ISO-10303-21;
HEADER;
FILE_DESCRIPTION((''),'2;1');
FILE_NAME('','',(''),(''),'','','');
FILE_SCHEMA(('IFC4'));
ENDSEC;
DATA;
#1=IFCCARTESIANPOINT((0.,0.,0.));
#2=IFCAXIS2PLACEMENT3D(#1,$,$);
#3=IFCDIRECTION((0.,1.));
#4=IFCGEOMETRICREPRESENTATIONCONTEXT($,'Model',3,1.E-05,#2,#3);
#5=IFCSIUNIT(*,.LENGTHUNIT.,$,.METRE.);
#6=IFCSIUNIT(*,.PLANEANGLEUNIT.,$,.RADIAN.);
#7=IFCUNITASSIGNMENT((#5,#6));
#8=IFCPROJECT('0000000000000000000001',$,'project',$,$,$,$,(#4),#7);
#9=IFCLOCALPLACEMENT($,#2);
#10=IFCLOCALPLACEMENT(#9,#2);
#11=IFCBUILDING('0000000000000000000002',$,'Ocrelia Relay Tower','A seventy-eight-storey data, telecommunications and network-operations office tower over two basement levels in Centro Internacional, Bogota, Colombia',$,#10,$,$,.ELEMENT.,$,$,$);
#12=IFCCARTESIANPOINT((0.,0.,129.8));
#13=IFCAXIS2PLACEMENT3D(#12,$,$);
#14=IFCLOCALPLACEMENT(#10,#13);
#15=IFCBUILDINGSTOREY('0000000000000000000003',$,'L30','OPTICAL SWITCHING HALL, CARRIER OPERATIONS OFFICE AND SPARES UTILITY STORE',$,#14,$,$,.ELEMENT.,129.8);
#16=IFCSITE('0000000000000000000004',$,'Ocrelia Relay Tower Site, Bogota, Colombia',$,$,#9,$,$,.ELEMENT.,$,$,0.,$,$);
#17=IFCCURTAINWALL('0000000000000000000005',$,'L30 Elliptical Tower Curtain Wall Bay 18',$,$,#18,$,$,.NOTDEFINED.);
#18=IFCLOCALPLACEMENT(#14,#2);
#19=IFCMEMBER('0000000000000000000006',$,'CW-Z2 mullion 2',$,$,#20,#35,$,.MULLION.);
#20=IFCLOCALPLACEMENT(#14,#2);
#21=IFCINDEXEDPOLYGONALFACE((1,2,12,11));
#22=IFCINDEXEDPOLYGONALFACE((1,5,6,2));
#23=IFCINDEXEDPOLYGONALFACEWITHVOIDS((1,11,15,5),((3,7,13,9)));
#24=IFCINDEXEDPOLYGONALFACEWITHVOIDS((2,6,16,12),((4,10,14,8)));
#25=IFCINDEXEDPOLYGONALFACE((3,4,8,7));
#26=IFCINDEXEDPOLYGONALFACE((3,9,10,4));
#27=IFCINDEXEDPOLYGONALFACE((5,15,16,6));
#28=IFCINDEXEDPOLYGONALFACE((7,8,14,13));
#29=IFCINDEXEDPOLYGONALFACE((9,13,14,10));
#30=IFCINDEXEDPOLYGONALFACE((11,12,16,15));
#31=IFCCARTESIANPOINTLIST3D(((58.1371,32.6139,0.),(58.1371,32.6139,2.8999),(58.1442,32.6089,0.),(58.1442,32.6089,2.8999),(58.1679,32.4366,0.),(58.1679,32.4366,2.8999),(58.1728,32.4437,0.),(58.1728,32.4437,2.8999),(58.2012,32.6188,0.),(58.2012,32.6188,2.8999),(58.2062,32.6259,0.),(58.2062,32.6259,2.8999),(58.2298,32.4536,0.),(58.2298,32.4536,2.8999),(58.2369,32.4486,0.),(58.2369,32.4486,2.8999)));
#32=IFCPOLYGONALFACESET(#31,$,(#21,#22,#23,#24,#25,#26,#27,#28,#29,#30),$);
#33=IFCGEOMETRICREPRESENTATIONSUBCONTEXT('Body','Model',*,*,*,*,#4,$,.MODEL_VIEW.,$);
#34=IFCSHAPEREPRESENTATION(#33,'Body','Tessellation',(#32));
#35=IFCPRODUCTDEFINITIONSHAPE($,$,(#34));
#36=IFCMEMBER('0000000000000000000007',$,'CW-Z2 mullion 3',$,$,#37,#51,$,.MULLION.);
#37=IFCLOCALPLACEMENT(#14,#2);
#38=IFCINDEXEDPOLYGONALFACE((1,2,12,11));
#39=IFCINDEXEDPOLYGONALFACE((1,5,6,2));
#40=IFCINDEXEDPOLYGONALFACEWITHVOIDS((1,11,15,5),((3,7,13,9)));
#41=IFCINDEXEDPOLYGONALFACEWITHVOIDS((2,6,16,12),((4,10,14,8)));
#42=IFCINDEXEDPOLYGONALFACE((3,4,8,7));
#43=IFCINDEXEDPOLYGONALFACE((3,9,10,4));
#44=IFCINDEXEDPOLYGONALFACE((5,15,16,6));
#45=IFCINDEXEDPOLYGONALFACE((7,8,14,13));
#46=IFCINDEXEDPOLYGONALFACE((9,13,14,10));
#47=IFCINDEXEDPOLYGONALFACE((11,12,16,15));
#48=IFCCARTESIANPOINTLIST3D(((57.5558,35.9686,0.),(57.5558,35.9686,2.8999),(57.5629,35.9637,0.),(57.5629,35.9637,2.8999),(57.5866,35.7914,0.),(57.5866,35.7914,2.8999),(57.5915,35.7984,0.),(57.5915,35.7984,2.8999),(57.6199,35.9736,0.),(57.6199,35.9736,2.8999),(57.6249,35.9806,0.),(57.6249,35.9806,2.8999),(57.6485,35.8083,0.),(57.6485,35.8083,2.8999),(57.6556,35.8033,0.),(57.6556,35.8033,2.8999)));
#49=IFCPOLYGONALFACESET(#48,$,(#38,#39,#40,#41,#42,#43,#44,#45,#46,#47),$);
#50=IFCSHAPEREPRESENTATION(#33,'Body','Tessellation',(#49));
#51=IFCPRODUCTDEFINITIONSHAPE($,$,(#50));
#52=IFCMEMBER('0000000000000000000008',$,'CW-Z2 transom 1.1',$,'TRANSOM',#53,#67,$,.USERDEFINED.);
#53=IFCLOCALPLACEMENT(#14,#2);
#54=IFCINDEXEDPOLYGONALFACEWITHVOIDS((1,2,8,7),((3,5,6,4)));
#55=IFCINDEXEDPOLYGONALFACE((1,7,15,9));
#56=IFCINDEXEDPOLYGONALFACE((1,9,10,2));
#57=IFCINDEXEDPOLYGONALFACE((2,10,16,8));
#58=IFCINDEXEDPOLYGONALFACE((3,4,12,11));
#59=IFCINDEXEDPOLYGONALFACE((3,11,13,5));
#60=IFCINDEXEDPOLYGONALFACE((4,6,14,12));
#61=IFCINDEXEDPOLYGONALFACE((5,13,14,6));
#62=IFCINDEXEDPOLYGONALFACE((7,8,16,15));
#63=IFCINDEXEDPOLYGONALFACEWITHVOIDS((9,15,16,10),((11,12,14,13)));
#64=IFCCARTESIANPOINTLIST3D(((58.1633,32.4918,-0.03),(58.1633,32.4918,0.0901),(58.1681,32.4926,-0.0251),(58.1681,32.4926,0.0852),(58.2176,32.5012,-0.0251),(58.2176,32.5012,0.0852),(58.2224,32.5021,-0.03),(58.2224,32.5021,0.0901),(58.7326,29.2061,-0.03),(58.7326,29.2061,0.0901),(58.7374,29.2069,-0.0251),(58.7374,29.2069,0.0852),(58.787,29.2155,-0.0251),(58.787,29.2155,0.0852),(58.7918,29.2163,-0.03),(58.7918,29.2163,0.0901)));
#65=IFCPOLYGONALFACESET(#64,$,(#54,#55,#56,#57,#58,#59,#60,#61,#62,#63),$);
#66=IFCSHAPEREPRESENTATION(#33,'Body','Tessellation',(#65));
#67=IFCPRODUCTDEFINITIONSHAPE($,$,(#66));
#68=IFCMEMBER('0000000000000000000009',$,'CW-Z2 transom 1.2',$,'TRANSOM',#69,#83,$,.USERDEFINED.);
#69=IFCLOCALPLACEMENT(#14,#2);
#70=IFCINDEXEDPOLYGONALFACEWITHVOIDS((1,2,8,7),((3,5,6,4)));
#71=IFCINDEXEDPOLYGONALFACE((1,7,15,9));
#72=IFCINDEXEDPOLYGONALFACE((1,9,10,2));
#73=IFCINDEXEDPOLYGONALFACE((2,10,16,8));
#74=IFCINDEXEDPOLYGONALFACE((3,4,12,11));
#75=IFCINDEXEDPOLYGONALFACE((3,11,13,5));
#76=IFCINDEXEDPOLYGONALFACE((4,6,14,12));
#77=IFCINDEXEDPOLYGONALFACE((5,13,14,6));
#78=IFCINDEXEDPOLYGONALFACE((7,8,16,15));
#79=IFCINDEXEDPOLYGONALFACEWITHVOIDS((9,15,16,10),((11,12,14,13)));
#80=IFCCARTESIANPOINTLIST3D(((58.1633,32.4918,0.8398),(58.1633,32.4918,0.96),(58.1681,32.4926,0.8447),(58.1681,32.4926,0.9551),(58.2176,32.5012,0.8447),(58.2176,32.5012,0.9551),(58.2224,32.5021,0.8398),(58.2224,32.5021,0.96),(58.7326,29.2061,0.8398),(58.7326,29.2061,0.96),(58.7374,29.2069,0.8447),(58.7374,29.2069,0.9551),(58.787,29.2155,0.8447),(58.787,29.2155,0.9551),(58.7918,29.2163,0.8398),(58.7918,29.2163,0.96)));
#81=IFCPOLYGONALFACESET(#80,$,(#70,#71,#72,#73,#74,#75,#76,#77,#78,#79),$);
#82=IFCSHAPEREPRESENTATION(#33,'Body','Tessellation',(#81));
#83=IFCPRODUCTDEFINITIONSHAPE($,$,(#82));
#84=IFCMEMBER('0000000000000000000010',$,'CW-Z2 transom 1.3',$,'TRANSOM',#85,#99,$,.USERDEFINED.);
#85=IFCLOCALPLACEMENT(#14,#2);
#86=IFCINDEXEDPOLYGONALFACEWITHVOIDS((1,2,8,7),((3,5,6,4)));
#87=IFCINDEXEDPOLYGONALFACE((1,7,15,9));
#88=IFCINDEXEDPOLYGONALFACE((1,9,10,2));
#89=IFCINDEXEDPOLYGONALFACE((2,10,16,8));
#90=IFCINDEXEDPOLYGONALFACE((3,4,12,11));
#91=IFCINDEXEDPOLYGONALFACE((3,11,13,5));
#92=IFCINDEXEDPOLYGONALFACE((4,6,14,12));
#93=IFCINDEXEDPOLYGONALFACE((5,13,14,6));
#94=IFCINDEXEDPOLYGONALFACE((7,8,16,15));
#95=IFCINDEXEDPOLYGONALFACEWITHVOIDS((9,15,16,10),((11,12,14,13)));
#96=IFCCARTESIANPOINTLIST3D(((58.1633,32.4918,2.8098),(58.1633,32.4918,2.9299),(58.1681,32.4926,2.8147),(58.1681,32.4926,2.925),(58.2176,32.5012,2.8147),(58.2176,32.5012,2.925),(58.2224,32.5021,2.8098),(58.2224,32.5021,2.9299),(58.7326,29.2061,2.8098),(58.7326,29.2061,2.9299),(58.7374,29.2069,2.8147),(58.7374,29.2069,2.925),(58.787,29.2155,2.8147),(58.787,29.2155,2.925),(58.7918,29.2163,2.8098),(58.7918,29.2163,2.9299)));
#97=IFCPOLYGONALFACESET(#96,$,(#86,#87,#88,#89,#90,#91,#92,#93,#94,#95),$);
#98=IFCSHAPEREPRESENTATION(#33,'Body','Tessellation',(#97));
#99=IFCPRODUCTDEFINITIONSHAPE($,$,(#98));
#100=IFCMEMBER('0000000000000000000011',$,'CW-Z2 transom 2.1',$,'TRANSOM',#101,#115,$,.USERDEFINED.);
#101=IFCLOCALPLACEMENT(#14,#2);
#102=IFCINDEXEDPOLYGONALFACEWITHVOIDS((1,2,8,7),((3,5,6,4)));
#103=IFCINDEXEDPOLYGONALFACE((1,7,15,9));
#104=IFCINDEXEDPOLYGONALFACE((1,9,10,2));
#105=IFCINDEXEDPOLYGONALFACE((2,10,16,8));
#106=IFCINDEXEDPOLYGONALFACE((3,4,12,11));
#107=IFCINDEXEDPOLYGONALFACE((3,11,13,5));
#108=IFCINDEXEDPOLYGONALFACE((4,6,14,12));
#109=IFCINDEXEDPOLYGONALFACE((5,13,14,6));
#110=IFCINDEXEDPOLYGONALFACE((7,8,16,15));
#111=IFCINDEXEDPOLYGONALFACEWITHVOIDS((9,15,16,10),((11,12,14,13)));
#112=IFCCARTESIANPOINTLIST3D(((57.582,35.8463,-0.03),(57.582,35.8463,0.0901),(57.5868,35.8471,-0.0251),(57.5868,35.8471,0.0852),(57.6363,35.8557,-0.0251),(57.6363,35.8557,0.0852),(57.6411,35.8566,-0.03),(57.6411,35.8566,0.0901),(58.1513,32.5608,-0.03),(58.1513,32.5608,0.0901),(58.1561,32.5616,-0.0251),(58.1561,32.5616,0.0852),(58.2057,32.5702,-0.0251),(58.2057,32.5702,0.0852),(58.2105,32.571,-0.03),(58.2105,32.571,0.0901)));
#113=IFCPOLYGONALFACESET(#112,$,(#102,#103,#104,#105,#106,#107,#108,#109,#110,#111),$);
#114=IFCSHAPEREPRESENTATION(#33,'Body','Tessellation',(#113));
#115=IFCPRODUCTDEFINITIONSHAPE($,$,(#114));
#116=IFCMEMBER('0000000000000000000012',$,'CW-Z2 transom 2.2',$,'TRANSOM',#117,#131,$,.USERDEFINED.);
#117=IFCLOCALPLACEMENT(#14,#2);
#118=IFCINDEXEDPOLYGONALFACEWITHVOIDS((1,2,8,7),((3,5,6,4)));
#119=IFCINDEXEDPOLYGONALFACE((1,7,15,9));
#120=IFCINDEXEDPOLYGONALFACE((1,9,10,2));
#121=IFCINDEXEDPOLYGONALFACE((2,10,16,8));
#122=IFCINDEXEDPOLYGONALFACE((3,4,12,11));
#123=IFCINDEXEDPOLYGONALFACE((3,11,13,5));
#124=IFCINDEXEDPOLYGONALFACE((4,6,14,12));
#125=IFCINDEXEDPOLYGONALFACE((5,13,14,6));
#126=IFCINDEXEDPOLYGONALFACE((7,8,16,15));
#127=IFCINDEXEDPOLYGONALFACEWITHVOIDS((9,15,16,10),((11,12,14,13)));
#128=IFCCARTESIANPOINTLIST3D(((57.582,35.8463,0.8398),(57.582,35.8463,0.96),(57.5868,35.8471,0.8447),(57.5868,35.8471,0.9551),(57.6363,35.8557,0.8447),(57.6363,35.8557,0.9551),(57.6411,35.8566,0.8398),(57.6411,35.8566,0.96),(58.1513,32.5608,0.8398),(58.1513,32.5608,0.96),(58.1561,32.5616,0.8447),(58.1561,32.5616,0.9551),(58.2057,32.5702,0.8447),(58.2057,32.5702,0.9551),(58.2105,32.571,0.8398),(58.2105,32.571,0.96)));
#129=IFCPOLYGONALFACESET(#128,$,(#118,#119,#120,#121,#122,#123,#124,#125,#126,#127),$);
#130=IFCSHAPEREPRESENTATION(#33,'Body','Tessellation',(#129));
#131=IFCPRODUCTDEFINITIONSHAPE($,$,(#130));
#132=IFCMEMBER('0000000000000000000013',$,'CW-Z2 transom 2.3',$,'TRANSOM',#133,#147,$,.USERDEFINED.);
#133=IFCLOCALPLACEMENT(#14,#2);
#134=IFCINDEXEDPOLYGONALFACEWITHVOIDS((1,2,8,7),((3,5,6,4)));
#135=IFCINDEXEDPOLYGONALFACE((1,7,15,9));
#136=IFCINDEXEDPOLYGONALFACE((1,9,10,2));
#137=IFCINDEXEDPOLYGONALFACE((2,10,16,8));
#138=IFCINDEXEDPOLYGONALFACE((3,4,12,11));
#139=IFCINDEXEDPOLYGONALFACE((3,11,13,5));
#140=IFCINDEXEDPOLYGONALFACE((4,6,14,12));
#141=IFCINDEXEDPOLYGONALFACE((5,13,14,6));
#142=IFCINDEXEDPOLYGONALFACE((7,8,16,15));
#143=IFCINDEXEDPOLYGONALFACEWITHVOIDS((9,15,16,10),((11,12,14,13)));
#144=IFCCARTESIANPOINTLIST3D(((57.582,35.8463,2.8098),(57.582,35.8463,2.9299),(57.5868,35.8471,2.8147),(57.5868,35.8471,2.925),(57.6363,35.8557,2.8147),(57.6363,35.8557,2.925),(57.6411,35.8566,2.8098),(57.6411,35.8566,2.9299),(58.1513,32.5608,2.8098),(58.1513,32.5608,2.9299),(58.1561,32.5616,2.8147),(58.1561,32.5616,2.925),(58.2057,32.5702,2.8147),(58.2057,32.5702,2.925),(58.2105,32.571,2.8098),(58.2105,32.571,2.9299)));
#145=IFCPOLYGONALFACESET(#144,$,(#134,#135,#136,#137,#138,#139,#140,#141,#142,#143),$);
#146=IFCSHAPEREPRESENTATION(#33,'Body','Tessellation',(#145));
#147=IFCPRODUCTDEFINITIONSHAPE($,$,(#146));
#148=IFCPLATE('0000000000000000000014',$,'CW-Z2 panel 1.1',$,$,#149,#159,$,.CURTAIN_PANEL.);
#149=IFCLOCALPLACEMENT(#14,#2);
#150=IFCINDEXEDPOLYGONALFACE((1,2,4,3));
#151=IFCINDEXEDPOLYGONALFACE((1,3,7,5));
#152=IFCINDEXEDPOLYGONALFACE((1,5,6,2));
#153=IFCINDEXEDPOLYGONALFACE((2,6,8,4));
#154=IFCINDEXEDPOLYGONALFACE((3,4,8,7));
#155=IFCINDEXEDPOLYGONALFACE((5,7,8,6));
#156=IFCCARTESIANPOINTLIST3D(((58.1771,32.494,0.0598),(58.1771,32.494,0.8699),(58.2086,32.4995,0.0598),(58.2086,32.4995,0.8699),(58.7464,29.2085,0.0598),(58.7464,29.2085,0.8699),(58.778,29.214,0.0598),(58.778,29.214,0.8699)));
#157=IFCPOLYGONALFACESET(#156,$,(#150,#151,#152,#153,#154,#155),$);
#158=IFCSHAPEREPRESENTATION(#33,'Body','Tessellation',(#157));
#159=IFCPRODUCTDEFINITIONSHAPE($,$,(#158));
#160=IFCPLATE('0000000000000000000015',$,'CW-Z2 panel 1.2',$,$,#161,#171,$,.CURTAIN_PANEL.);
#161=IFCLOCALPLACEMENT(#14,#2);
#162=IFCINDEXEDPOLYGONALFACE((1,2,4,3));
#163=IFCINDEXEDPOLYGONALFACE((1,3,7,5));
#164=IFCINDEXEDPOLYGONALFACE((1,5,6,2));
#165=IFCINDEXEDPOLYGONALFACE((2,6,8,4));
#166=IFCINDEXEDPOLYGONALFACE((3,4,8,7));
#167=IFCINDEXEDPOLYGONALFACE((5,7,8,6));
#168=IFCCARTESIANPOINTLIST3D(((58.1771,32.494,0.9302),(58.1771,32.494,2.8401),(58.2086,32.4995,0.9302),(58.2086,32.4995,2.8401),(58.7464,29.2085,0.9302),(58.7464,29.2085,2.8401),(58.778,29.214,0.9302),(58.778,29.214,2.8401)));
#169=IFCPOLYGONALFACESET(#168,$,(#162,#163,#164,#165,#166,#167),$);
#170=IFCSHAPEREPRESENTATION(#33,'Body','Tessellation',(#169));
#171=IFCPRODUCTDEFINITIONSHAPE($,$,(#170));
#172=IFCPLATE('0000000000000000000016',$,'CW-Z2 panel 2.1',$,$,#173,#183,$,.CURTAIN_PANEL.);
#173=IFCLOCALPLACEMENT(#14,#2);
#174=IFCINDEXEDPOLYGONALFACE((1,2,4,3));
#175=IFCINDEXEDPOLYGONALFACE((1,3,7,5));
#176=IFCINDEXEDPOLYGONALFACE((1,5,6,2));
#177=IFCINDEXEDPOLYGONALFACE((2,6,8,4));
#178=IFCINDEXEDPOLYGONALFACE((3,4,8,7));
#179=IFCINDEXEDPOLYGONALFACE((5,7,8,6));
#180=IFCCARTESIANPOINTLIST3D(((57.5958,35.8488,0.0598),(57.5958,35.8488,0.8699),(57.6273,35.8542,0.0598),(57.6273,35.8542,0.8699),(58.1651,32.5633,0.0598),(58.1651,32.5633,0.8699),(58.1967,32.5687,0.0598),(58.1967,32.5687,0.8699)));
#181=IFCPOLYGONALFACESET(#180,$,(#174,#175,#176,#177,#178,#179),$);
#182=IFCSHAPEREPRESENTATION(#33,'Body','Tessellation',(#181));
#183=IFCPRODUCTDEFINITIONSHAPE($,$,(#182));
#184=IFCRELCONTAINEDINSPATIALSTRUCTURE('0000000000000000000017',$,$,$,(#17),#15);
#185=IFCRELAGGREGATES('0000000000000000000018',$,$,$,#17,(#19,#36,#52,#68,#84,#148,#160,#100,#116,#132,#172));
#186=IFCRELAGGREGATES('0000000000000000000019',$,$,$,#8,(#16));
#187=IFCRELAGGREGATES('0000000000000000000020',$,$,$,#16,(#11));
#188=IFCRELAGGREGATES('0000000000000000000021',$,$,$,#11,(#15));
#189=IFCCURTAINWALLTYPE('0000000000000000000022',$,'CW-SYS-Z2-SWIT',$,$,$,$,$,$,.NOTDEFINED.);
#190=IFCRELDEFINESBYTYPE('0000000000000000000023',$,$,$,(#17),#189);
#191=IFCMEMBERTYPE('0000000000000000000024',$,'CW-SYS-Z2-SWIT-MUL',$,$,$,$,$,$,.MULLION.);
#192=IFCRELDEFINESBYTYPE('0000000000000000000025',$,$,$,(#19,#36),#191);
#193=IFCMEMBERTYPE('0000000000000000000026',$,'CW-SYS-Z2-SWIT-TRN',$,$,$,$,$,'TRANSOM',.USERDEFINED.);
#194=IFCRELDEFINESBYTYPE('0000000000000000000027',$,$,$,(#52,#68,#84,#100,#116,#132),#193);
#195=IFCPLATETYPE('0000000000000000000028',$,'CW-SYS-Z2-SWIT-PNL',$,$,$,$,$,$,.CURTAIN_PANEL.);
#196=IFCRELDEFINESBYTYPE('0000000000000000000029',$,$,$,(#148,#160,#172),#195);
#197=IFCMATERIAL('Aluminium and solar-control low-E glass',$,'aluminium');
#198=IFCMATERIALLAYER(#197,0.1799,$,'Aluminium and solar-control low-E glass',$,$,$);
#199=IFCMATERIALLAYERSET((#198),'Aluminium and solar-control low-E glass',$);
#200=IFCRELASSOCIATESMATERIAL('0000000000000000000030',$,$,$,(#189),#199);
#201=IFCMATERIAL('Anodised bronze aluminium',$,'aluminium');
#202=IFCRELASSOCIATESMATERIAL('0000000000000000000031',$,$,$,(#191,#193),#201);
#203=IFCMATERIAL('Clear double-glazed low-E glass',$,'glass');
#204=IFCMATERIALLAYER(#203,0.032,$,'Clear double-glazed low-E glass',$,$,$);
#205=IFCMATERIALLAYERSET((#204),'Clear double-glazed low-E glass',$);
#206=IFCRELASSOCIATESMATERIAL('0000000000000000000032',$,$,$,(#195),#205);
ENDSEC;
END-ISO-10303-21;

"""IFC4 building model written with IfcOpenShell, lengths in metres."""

from ifc_helpers import new_model, si_unit, direction, frame, origin, origin_2d, place, context, subcontext, project, spatial, rectangle, hollow_rectangle, extrude, material, layer, layer_set, material_profile, profile_set, type_object, element, aggregate, save


model = new_model("IFC4")

# Units and contexts
model_context = context("Model", 3, precision=1e-05, world=origin(), true_north=direction((0.0, 1.0)))
body_context = subcontext(model_context, "Body", "Model", "MODEL_VIEW")
ifc_project = project(units=[si_unit("LENGTHUNIT", "METRE"), si_unit("PLANEANGLEUNIT", "RADIAN")], contexts=[model_context])

# Site, building, storey
site_placement = place(None, origin())
site = spatial("IfcSite", under=ifc_project, at=site_placement, Name="Ocrelia Relay Tower Site, Bogota, Colombia", CompositionType="ELEMENT", RefElevation=0.0)
building_placement = place(site_placement, origin())
building = spatial("IfcBuilding", under=site, at=building_placement, Name="Ocrelia Relay Tower", Description="A seventy-eight-storey data, telecommunications and network-operations office tower over two basement levels in Centro Internacional, Bogota, Colombia", CompositionType="ELEMENT")
storey_placement = place(building_placement, frame((0.0, 0.0, 129.8)))
storey = spatial("IfcBuildingStorey", under=building, at=storey_placement, Name="L30", Description="OPTICAL SWITCHING HALL, CARRIER OPERATIONS OFFICE AND SPARES UTILITY STORE", CompositionType="ELEMENT", Elevation=129.8)

# Shared definitions
ifc_material_1 = material(Name="Aluminium and solar-control low-E glass", Category="aluminium")
ifc_layer_1 = layer(ifc_material_1, 0.1799, Name="Aluminium and solar-control low-E glass")
ifc_layer_set_1 = layer_set([ifc_layer_1], Name="Aluminium and solar-control low-E glass")
curtain_wall_type = type_object("IfcCurtainWallType", Name="CW-SYS-Z2-SWIT", PredefinedType="NOTDEFINED", material=ifc_layer_set_1)
ifc_material_2 = material(Name="Anodised bronze aluminium", Category="aluminium")
ifc_material_profile_1 = material_profile(ifc_material_2, hollow_rectangle(XDim=0.0701, YDim=0.1799, WallThickness=0.0061, at=origin_2d()), Name="CW-MUL-180x70")
ifc_profile_set_1 = profile_set([ifc_material_profile_1], Name="Anodised bronze aluminium")
member_type_1 = type_object("IfcMemberType", Name="CW-SYS-Z2-SWIT-MUL", PredefinedType="MULLION", material=ifc_profile_set_1)

# Curtain wall, members, plates
curtain_wall_1_placement = place(storey_placement, origin())
curtain_wall_1 = element("IfcCurtainWall", 1, at=curtain_wall_1_placement, inside=storey, type_object=curtain_wall_type, Name="L30 Elliptical Tower Curtain Wall Bay 18", PredefinedType="NOTDEFINED")
member_1_placement = place(storey_placement, frame((58.187, 32.5312, 0.0), z_axis=(0.0, 0.0, 1.0), x_axis=(-0.985317, -0.170734, 0.0)))
member_1 = element("IfcMember", 2, at=member_1_placement, type_object=member_type_1, Name="CW-Z2 mullion 2", PredefinedType="MULLION", context=body_context, shape_type="SweptSolid", body=[
    extrude(hollow_rectangle(XDim=0.0701, YDim=0.1799, WallThickness=0.0061, at=origin_2d()), origin(), (0.0, 0.0, 1.0), 2.8999),
])
member_2_placement = place(storey_placement, frame((57.6057, 35.886, 0.0), z_axis=(0.0, 0.0, 1.0), x_axis=(-0.985317, -0.170734, 0.0)))
member_2 = element("IfcMember", 3, at=member_2_placement, type_object=member_type_1, Name="CW-Z2 mullion 3", PredefinedType="MULLION", context=body_context, shape_type="SweptSolid", body=[
    extrude(hollow_rectangle(XDim=0.0701, YDim=0.1799, WallThickness=0.0061, at=origin_2d()), origin(), (0.0, 0.0, 1.0), 2.8999),
])
ifc_material_profile_2 = material_profile(ifc_material_2, hollow_rectangle(XDim=0.0601, YDim=0.1201, WallThickness=0.0049, at=origin_2d()), Name="CW-TRN-120x60")
ifc_profile_set_2 = profile_set([ifc_material_profile_2], Name="Anodised bronze aluminium")
member_type_2 = type_object("IfcMemberType", Name="CW-SYS-Z2-SWIT-TRN", ElementType="TRANSOM", PredefinedType="USERDEFINED", material=ifc_profile_set_2)
member_3_placement = place(storey_placement, frame((58.7622, 29.2112, 0.03), z_axis=(-0.170736, 0.985317, 0.0), x_axis=(-0.985317, -0.170736, 0.0)))
member_3 = element("IfcMember", 4, at=member_3_placement, type_object=member_type_2, Name="CW-Z2 transom 1.1", ObjectType="TRANSOM", PredefinedType="USERDEFINED", context=body_context, shape_type="SweptSolid", body=[
    extrude(hollow_rectangle(XDim=0.0601, YDim=0.1201, WallThickness=0.0049, at=origin_2d()), origin(), (0.0, 0.0, 1.0), 3.3347),
])
member_4_placement = place(storey_placement, frame((58.7622, 29.2112, 0.8999), z_axis=(-0.170736, 0.985317, 0.0), x_axis=(-0.985317, -0.170736, 0.0)))
member_4 = element("IfcMember", 5, at=member_4_placement, type_object=member_type_2, Name="CW-Z2 transom 1.2", ObjectType="TRANSOM", PredefinedType="USERDEFINED", context=body_context, shape_type="SweptSolid", body=[
    extrude(hollow_rectangle(XDim=0.0601, YDim=0.1201, WallThickness=0.0049, at=origin_2d()), origin(), (0.0, 0.0, 1.0), 3.3347),
])
member_5_placement = place(storey_placement, frame((58.7622, 29.2112, 2.8699), z_axis=(-0.170736, 0.985317, 0.0), x_axis=(-0.985317, -0.170736, 0.0)))
member_5 = element("IfcMember", 6, at=member_5_placement, type_object=member_type_2, Name="CW-Z2 transom 1.3", ObjectType="TRANSOM", PredefinedType="USERDEFINED", context=body_context, shape_type="SweptSolid", body=[
    extrude(hollow_rectangle(XDim=0.0601, YDim=0.1201, WallThickness=0.0049, at=origin_2d()), origin(), (0.0, 0.0, 1.0), 3.3347),
])
member_6_placement = place(storey_placement, frame((58.1809, 32.5659, 0.03), z_axis=(-0.170748, 0.985315, 0.0), x_axis=(-0.985315, -0.170748, 0.0)))
member_6 = element("IfcMember", 7, at=member_6_placement, type_object=member_type_2, Name="CW-Z2 transom 2.1", ObjectType="TRANSOM", PredefinedType="USERDEFINED", context=body_context, shape_type="SweptSolid", body=[
    extrude(hollow_rectangle(XDim=0.0601, YDim=0.1201, WallThickness=0.0049, at=origin_2d()), origin(), (0.0, 0.0, 1.0), 3.3345),
])
member_7_placement = place(storey_placement, frame((58.1809, 32.5659, 0.8999), z_axis=(-0.170748, 0.985315, 0.0), x_axis=(-0.985315, -0.170748, 0.0)))
member_7 = element("IfcMember", 8, at=member_7_placement, type_object=member_type_2, Name="CW-Z2 transom 2.2", ObjectType="TRANSOM", PredefinedType="USERDEFINED", context=body_context, shape_type="SweptSolid", body=[
    extrude(hollow_rectangle(XDim=0.0601, YDim=0.1201, WallThickness=0.0049, at=origin_2d()), origin(), (0.0, 0.0, 1.0), 3.3345),
])
member_8_placement = place(storey_placement, frame((58.1809, 32.5659, 2.8699), z_axis=(-0.170748, 0.985315, 0.0), x_axis=(-0.985315, -0.170748, 0.0)))
member_8 = element("IfcMember", 9, at=member_8_placement, type_object=member_type_2, Name="CW-Z2 transom 2.3", ObjectType="TRANSOM", PredefinedType="USERDEFINED", context=body_context, shape_type="SweptSolid", body=[
    extrude(hollow_rectangle(XDim=0.0601, YDim=0.1201, WallThickness=0.0049, at=origin_2d()), origin(), (0.0, 0.0, 1.0), 3.3345),
])
ifc_material_3 = material(Name="Clear double-glazed low-E glass", Category="glass")
ifc_layer_2 = layer(ifc_material_3, 0.032, Name="Clear double-glazed low-E glass")
ifc_layer_set_2 = layer_set([ifc_layer_2], Name="Clear double-glazed low-E glass")
plate_type = type_object("IfcPlateType", Name="CW-SYS-Z2-SWIT-PNL", PredefinedType="CURTAIN_PANEL", material=ifc_layer_set_2)
plate_1_placement = place(storey_placement, frame((58.4775, 30.854, 0.0598), z_axis=(0.0, 0.0, 1.0), x_axis=(-0.170734, 0.985317, 0.0)))
plate_1 = element("IfcPlate", 10, at=plate_1_placement, type_object=plate_type, Name="CW-Z2 panel 1.1", PredefinedType="CURTAIN_PANEL", context=body_context, shape_type="SweptSolid", body=[
    extrude(rectangle(XDim=3.3345, YDim=0.032, at=origin_2d()), origin(), (0.0, 0.0, 1.0), 0.8101),
])
plate_2_placement = place(storey_placement, frame((58.4775, 30.854, 0.9302), z_axis=(0.0, 0.0, 1.0), x_axis=(-0.170734, 0.985317, 0.0)))
plate_2 = element("IfcPlate", 11, at=plate_2_placement, type_object=plate_type, Name="CW-Z2 panel 1.2", PredefinedType="CURTAIN_PANEL", context=body_context, shape_type="SweptSolid", body=[
    extrude(rectangle(XDim=3.3345, YDim=0.032, at=origin_2d()), origin(), (0.0, 0.0, 1.0), 1.9099),
])
plate_3_placement = place(storey_placement, frame((57.8962, 34.2087, 0.0598), z_axis=(0.0, 0.0, 1.0), x_axis=(-0.170734, 0.985317, 0.0)))
plate_3 = element("IfcPlate", 12, at=plate_3_placement, type_object=plate_type, Name="CW-Z2 panel 2.1", PredefinedType="CURTAIN_PANEL", context=body_context, shape_type="SweptSolid", body=[
    extrude(rectangle(XDim=3.3345, YDim=0.032, at=origin_2d()), origin(), (0.0, 0.0, 1.0), 0.8101),
])
aggregate(curtain_wall_1, [member_1, member_2, member_3, member_4, member_5, plate_1, plate_2, member_6, member_7, member_8, plate_3])

save(model, "model.ifc")
